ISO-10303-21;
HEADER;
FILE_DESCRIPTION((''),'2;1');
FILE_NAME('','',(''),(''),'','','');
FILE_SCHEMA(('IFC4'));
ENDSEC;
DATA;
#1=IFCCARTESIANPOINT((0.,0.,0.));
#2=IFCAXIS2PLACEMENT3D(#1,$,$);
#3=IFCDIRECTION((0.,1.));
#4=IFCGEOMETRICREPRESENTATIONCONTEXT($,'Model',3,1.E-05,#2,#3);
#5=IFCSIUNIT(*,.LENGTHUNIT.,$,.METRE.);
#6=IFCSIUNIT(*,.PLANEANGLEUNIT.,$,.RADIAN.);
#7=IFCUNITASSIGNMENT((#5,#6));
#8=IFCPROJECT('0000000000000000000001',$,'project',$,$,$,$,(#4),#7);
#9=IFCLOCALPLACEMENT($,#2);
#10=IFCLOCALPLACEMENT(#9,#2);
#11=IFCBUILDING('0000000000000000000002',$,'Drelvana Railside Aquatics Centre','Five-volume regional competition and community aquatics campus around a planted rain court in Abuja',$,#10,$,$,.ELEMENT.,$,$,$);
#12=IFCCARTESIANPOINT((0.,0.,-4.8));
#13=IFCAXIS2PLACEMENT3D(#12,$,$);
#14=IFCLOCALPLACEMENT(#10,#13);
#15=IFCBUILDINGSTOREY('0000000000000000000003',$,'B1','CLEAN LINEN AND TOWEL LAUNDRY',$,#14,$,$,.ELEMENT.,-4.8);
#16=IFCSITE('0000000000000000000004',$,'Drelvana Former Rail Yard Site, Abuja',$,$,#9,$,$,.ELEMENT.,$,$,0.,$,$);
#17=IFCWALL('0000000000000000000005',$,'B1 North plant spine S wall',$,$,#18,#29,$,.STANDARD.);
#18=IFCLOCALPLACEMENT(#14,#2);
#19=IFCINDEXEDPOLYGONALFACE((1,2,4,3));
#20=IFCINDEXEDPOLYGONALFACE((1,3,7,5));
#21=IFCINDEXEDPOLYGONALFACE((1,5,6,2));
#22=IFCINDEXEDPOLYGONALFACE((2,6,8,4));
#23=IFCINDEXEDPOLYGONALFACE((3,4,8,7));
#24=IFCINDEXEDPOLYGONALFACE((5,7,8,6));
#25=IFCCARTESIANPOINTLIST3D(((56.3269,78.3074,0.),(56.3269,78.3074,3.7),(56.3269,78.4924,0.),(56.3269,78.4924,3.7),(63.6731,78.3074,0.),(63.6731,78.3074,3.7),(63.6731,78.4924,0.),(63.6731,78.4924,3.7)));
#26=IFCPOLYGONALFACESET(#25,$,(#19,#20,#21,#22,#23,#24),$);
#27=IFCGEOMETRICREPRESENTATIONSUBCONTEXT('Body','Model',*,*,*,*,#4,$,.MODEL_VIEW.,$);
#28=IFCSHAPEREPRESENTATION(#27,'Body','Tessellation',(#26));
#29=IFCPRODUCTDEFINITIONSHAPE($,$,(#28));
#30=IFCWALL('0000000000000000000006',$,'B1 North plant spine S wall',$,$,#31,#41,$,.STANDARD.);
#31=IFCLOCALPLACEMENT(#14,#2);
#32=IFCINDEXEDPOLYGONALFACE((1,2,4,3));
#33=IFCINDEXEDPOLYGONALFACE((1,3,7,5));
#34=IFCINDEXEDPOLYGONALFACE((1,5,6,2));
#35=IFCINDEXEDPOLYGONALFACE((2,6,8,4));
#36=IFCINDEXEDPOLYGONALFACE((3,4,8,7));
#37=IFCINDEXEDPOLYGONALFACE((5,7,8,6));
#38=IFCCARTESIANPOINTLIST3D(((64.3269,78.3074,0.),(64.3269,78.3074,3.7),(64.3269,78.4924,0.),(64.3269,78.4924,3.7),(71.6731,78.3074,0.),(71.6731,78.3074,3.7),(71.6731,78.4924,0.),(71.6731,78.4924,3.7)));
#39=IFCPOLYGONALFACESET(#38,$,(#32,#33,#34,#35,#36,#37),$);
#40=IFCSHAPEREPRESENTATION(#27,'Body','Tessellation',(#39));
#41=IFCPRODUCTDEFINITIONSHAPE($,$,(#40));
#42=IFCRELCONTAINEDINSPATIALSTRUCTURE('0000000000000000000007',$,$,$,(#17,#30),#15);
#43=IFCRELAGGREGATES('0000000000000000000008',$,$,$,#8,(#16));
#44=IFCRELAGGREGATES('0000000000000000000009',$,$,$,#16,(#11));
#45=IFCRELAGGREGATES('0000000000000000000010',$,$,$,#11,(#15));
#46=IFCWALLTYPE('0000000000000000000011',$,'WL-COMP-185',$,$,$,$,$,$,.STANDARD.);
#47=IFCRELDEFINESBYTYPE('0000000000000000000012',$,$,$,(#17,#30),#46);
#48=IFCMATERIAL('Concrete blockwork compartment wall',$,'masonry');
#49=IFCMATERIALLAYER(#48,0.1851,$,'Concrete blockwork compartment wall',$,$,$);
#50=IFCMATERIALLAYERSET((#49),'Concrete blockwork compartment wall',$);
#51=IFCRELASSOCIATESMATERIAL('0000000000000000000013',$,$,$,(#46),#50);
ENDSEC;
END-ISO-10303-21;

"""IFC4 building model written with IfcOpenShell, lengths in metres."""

from ifc_helpers import new_model, si_unit, direction, frame, frame_2d, origin, place, context, subcontext, project, spatial, rectangle, extrude, material, layer, layer_set, type_object, element, save


model = new_model("IFC4")

# Units and contexts
model_context = context("Model", 3, precision=1e-05, world=origin(), true_north=direction((0.0, 1.0)))
body_context = subcontext(model_context, "Body", "Model", "MODEL_VIEW")
ifc_project = project(units=[si_unit("LENGTHUNIT", "METRE"), si_unit("PLANEANGLEUNIT", "RADIAN")], contexts=[model_context])

# Site, building, storey
site_placement = place(None, origin())
site = spatial("IfcSite", under=ifc_project, at=site_placement, Name="Drelvana Former Rail Yard Site, Abuja", CompositionType="ELEMENT", RefElevation=0.0)
building_placement = place(site_placement, origin())
building = spatial("IfcBuilding", under=site, at=building_placement, Name="Drelvana Railside Aquatics Centre", Description="Five-volume regional competition and community aquatics campus around a planted rain court in Abuja", CompositionType="ELEMENT")
storey_placement = place(building_placement, frame((0.0, 0.0, -4.8)))
storey = spatial("IfcBuildingStorey", under=building, at=storey_placement, Name="B1", Description="CLEAN LINEN AND TOWEL LAUNDRY", CompositionType="ELEMENT", Elevation=-4.8)

# Walls
ifc_material_1 = material(Name="Concrete blockwork compartment wall", Category="masonry")
ifc_layer = layer(ifc_material_1, 0.1851, Name="Concrete blockwork compartment wall")
ifc_layer_set = layer_set([ifc_layer], Name="Concrete blockwork compartment wall")
wall_type = type_object("IfcWallType", Name="WL-COMP-185", PredefinedType="STANDARD", material=ifc_layer_set)
for number, where, z_axis, x_axis, name in (
    (1, (56.3269, 78.3999, 0.0), (0.0, 0.0, 1.0), (1.0, 0.0, 0.0), "B1 North plant spine S wall"),
    (2, (64.3269, 78.3999, 0.0), (0.0, 0.0, 1.0), (1.0, 0.0, 0.0), "B1 North plant spine S wall"),
):
    element("IfcWall", number, at=place(storey_placement, frame(where, z_axis=z_axis, x_axis=x_axis)), inside=storey, type_object=wall_type, Name=name, PredefinedType="STANDARD", context=body_context, shape_type="SweptSolid", body=[
        extrude(rectangle(XDim=7.3462, YDim=0.1851, at=frame_2d((3.6731, 0.0))), origin(), (0.0, 0.0, 1.0), 3.7),
    ])

save(model, "model.ifc")
